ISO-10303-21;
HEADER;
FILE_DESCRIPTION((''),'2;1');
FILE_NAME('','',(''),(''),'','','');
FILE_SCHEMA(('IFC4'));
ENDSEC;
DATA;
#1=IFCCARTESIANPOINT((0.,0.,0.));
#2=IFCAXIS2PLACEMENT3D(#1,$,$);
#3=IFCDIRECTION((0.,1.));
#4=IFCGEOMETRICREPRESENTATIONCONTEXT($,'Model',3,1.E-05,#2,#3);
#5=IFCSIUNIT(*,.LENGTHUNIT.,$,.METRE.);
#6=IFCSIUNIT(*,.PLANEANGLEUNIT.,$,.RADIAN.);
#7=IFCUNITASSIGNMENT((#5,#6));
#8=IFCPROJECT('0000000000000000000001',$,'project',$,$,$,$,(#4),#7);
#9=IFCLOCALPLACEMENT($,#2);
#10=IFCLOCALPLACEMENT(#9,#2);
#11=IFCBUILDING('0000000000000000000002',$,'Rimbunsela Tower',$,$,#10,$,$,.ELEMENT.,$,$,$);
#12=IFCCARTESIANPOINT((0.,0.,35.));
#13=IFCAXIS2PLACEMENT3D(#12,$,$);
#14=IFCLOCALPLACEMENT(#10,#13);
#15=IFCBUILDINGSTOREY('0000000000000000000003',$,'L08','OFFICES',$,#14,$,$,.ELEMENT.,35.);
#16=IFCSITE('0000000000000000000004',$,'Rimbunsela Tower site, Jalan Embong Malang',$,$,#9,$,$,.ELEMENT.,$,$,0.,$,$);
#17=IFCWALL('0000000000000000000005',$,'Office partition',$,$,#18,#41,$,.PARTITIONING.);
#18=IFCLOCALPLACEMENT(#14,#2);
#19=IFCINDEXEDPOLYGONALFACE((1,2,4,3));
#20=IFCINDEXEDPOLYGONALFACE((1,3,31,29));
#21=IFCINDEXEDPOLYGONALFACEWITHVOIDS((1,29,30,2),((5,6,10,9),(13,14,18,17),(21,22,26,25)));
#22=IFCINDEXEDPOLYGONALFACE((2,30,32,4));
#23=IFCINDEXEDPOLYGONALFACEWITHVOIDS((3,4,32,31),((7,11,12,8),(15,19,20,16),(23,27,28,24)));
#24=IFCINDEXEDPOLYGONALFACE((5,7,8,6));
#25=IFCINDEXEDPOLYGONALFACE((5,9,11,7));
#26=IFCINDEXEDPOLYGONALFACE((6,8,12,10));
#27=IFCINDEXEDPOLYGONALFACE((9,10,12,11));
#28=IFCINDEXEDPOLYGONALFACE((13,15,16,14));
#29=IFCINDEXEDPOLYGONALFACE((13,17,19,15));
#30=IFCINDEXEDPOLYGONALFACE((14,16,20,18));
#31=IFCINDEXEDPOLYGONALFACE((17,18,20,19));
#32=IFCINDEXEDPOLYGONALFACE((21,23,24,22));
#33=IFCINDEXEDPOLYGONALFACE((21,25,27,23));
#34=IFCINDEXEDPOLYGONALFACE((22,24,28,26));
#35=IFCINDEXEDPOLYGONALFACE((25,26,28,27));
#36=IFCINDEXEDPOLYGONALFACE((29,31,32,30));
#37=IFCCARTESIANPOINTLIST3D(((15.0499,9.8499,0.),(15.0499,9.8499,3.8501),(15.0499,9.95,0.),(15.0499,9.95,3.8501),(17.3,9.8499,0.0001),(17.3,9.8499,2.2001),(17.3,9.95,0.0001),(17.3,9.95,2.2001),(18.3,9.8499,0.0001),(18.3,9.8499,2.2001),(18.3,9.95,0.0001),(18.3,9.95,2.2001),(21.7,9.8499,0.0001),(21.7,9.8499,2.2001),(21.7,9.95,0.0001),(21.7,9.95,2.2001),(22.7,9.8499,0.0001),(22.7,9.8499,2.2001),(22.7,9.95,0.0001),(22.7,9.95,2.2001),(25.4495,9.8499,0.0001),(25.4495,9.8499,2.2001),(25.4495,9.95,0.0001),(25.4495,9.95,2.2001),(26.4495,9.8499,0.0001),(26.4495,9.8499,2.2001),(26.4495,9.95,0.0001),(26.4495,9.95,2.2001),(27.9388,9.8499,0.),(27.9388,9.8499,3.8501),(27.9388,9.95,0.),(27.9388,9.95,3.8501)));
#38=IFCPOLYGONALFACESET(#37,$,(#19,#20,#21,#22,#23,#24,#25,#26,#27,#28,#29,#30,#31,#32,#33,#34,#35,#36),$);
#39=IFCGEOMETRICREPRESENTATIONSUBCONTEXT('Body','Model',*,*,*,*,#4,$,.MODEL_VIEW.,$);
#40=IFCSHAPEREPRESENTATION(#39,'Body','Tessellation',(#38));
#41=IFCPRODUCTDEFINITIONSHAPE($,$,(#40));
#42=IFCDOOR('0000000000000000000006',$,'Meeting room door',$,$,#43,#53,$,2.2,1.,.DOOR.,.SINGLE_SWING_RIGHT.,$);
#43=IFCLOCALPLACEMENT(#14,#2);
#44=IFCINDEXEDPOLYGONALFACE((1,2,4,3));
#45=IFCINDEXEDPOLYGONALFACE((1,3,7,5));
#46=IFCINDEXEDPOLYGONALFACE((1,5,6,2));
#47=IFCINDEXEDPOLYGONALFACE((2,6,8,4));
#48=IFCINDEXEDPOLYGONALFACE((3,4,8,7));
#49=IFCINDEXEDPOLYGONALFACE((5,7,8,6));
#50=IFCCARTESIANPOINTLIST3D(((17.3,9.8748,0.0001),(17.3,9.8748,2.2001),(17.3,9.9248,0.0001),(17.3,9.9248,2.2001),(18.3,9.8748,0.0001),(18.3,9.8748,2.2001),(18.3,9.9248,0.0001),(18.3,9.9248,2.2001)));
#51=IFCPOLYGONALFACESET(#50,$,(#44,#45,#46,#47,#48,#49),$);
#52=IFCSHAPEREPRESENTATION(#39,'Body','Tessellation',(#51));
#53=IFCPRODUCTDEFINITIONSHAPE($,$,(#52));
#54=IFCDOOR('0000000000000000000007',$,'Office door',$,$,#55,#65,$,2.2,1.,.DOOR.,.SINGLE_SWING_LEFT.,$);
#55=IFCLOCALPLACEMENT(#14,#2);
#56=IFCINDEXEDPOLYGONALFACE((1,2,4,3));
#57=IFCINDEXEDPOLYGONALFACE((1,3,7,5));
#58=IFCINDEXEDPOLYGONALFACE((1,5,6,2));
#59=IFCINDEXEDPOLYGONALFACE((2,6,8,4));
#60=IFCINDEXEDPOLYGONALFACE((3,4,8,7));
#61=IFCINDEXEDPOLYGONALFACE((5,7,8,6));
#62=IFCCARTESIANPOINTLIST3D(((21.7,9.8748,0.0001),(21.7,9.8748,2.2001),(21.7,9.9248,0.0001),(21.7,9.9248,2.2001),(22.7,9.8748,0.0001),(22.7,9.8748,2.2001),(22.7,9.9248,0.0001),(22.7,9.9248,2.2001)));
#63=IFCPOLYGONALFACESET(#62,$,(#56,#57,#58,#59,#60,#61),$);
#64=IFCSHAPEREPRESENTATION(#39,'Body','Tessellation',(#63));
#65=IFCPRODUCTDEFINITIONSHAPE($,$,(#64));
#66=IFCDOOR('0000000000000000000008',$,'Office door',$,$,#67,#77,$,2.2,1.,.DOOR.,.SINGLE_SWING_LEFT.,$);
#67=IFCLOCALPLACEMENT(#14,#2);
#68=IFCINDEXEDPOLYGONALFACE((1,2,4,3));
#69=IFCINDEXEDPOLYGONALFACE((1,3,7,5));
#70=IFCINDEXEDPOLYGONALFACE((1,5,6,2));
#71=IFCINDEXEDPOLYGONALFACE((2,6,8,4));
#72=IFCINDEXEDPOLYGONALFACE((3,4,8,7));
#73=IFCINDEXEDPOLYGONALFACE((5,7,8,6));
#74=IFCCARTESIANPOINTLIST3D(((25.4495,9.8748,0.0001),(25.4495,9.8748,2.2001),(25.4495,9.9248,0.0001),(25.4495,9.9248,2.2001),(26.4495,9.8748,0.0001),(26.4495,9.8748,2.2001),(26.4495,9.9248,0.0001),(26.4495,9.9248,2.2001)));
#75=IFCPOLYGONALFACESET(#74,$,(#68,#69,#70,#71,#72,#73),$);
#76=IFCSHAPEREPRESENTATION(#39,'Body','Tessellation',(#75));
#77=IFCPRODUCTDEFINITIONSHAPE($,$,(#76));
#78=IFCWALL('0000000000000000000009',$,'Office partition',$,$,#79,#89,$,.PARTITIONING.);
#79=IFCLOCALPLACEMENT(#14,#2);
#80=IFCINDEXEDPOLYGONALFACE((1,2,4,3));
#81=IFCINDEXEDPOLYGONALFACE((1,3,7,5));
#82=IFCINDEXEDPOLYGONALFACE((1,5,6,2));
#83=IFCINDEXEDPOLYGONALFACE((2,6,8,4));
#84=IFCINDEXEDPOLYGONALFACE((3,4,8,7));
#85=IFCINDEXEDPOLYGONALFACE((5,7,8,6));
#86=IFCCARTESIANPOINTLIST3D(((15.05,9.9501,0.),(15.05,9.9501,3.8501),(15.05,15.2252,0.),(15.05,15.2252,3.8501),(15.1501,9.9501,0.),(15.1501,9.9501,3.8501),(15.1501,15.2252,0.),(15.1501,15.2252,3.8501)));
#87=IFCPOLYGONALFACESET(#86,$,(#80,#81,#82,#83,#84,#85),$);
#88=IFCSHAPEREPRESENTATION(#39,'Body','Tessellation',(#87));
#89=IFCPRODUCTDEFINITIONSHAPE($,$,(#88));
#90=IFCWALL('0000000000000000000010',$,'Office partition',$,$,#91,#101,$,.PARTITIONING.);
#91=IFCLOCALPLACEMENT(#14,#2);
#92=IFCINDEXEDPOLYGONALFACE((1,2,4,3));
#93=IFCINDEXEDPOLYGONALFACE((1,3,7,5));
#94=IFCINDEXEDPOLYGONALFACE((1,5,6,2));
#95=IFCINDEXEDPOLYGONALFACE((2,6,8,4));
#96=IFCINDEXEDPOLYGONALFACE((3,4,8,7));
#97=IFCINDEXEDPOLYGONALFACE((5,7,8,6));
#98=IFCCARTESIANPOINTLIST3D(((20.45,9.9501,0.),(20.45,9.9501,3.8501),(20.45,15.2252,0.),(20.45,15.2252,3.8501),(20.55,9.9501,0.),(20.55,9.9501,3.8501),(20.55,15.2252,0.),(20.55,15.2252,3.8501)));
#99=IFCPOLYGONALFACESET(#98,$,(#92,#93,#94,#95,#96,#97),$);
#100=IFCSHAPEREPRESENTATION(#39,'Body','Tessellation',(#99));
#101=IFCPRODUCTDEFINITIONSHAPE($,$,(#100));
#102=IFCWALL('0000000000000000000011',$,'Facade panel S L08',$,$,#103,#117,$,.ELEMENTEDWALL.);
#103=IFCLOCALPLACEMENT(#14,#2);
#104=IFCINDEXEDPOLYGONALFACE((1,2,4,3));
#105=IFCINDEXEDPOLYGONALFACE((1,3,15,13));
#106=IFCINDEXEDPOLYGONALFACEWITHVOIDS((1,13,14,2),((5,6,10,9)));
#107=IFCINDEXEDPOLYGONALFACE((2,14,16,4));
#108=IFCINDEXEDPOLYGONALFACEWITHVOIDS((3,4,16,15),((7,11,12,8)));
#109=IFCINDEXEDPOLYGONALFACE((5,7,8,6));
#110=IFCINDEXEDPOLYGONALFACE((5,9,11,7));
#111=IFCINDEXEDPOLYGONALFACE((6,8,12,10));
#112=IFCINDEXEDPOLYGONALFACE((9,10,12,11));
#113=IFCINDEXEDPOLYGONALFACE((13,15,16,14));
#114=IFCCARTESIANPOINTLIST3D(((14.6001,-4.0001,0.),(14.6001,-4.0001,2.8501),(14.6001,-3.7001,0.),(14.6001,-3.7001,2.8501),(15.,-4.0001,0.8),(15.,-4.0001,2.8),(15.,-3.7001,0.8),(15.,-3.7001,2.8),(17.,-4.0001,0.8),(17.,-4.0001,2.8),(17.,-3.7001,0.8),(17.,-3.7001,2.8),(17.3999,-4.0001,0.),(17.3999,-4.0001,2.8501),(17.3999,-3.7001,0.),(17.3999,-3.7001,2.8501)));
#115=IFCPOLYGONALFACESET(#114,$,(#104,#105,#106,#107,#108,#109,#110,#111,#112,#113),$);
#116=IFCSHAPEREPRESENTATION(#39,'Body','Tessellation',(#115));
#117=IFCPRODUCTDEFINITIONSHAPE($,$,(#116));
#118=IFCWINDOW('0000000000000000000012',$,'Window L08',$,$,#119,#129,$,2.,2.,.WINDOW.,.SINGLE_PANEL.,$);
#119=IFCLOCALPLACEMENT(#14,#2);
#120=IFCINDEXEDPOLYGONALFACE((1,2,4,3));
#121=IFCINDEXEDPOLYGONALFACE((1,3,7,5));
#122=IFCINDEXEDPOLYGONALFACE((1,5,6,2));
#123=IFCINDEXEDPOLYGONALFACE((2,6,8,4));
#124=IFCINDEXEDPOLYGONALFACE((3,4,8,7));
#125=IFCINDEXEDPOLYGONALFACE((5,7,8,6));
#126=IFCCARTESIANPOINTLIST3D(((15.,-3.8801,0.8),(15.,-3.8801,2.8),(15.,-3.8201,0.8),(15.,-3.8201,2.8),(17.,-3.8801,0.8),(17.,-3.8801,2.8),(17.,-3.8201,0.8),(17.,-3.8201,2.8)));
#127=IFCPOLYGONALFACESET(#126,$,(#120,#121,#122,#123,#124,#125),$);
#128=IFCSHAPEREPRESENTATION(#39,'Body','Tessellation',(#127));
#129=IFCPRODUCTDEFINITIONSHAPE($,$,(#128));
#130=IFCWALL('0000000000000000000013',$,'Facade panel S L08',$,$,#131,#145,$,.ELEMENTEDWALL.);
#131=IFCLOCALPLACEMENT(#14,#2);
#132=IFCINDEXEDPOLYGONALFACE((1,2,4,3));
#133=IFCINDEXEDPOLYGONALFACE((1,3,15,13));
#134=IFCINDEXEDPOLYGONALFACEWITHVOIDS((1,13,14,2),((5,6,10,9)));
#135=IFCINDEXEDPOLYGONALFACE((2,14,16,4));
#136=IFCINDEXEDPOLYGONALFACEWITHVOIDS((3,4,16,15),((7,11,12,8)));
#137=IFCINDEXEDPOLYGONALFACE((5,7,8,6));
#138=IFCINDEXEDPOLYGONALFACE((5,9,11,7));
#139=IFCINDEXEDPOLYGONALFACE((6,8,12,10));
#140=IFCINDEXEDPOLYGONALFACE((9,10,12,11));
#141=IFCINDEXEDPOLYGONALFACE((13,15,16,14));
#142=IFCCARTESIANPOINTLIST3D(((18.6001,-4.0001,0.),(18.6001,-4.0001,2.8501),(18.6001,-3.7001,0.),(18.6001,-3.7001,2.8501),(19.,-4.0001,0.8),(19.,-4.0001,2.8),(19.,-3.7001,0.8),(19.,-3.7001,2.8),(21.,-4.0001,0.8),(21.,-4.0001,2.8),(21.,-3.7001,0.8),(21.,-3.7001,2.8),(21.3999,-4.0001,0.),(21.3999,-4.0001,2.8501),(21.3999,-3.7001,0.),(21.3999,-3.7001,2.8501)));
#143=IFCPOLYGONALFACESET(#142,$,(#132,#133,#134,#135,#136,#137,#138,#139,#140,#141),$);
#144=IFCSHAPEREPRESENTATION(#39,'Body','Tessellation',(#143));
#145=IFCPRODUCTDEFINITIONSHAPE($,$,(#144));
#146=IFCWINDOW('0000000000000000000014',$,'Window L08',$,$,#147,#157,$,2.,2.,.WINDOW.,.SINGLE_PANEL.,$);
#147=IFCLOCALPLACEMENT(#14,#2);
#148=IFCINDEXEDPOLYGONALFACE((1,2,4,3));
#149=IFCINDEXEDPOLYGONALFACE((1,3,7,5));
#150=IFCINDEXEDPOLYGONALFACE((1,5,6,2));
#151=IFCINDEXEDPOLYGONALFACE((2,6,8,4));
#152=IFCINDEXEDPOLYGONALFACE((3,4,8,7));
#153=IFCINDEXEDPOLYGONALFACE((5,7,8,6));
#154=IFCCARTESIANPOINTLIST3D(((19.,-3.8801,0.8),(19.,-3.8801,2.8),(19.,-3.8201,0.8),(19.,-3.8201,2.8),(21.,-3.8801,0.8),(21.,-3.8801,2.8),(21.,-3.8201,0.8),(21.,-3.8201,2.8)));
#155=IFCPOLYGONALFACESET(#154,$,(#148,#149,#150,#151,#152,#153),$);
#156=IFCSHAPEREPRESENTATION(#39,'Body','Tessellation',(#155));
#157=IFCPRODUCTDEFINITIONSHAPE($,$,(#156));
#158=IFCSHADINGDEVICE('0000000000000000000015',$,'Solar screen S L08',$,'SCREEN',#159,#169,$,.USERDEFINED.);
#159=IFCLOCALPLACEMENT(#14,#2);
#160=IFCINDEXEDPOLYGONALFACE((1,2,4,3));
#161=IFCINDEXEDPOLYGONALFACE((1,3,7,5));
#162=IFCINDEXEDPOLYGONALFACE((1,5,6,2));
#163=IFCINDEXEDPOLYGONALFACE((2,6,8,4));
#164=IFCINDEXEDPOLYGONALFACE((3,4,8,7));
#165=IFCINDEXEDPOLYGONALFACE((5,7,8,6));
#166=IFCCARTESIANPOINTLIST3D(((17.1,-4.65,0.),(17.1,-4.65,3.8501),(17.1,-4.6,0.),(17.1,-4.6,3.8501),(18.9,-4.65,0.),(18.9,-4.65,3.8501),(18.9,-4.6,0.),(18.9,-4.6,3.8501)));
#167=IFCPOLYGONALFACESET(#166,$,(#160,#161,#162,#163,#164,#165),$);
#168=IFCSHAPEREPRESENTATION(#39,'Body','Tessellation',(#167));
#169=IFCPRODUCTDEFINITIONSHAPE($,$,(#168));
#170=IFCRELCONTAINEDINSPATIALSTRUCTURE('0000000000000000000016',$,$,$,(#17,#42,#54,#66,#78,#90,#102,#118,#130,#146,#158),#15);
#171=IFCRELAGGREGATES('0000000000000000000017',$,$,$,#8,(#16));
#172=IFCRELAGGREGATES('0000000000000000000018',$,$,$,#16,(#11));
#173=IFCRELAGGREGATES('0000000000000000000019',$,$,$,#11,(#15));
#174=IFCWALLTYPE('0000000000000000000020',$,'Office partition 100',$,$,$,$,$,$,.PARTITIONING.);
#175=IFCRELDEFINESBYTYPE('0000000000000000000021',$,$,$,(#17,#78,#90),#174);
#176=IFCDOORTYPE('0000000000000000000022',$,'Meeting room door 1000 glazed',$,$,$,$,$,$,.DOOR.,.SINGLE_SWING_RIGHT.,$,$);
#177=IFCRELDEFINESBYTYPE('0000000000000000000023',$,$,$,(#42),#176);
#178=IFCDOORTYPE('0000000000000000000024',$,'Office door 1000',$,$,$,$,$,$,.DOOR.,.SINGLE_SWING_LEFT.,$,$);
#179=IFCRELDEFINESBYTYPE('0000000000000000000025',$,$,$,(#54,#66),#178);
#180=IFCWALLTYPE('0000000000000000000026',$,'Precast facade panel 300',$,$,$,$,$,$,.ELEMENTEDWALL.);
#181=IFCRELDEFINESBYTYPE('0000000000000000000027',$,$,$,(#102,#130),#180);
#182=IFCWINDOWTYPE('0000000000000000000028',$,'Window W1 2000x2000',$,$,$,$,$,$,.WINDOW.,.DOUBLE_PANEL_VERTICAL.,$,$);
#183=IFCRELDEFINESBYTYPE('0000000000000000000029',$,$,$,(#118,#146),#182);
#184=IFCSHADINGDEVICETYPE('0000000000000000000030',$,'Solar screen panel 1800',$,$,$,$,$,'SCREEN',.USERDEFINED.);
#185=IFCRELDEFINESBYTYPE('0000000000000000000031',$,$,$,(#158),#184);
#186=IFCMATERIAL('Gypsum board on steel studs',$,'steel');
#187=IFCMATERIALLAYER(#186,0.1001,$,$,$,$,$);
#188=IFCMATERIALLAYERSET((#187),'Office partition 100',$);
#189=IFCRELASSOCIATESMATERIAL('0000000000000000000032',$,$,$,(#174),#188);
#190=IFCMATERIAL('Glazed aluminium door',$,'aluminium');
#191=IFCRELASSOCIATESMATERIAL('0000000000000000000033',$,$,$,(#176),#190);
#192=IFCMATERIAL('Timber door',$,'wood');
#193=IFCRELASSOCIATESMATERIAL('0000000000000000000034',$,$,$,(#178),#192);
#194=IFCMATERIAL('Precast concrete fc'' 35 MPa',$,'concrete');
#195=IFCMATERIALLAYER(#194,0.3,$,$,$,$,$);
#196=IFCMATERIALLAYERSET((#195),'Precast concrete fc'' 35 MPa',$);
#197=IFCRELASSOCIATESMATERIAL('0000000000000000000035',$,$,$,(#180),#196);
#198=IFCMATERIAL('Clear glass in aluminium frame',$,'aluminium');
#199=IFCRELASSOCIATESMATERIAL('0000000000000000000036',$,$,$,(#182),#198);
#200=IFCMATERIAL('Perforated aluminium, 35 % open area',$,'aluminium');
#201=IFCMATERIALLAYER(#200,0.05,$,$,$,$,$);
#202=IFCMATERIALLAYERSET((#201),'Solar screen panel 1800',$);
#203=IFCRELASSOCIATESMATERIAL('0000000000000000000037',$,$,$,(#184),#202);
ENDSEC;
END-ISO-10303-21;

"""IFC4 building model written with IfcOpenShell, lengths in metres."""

from ifc_helpers import new_model, si_unit, direction, frame, frame_2d, origin, origin_2d, place, context, subcontext, project, spatial, rectangle, extrude, material, layer, layer_set, type_object, element, fill, save


model = new_model("IFC4")

# Units and contexts
model_context = context("Model", 3, precision=1e-05, world=origin(), true_north=direction((0.0, 1.0)))
body_context = subcontext(model_context, "Body", "Model", "MODEL_VIEW")
ifc_project = project(units=[si_unit("LENGTHUNIT", "METRE"), si_unit("PLANEANGLEUNIT", "RADIAN")], contexts=[model_context])

# Site, building, storey
site_placement = place(None, origin())
site = spatial("IfcSite", under=ifc_project, at=site_placement, Name="Rimbunsela Tower site, Jalan Embong Malang", CompositionType="ELEMENT", RefElevation=0.0)
building_placement = place(site_placement, origin())
building = spatial("IfcBuilding", under=site, at=building_placement, Name="Rimbunsela Tower", CompositionType="ELEMENT")
storey_placement = place(building_placement, frame((0.0, 0.0, 35.0)))
storey = spatial("IfcBuildingStorey", under=building, at=storey_placement, Name="L08", Description="OFFICES", CompositionType="ELEMENT", Elevation=35.0)

# Wall, openings, doors
ifc_material_1 = material(Name="Gypsum board on steel studs", Category="steel")
ifc_layer_1 = layer(ifc_material_1, 0.1001)
ifc_layer_set_1 = layer_set([ifc_layer_1], Name="Office partition 100")
wall_type_1 = type_object("IfcWallType", Name="Office partition 100", PredefinedType="PARTITIONING", material=ifc_layer_set_1)
wall_1_placement = place(storey_placement, frame((15.05, 9.8999, 0.0), z_axis=(0.0, 0.0, 1.0), x_axis=(1.0, 0.0, 0.0)))
wall_1 = element("IfcWall", 1, at=wall_1_placement, inside=storey, type_object=wall_type_1, Name="Office partition", PredefinedType="PARTITIONING", context=body_context, shape_type="SweptSolid", body=[
    extrude(rectangle(XDim=12.8889, YDim=0.1001, at=frame_2d((6.4443, 0.0))), origin(), (0.0, 0.0, 1.0), 3.8501),
])
opening_1_placement = place(wall_1_placement, frame((2.25, 0.0, 0.0)))
opening_1 = element("IfcOpeningElement", 2, at=opening_1_placement, cuts=wall_1, PredefinedType="OPENING", context=body_context, shape_type="SweptSolid", body=[
    extrude(rectangle(XDim=1.0, YDim=2.2, at=frame_2d((0.5, 1.1001))), frame((0.0, 0.0601, 0.0), z_axis=(0.0, -1.0, 0.0), x_axis=(1.0, 0.0, 0.0)), (0.0, 0.0, 1.0), 0.1201),
])
opening_2_placement = place(wall_1_placement, frame((6.6499, 0.0, 0.0)))
opening_2 = element("IfcOpeningElement", 3, at=opening_2_placement, cuts=wall_1, PredefinedType="OPENING", context=body_context, shape_type="SweptSolid", body=[
    extrude(rectangle(XDim=1.0, YDim=2.2, at=frame_2d((0.5, 1.1001))), frame((0.0, 0.0601, 0.0), z_axis=(0.0, -1.0, 0.0), x_axis=(1.0, 0.0, 0.0)), (0.0, 0.0, 1.0), 0.1201),
])
opening_3_placement = place(wall_1_placement, frame((10.3994, 0.0, 0.0)))
opening_3 = element("IfcOpeningElement", 4, at=opening_3_placement, cuts=wall_1, PredefinedType="OPENING", context=body_context, shape_type="SweptSolid", body=[
    extrude(rectangle(XDim=1.0, YDim=2.2, at=frame_2d((0.5, 1.1001))), frame((0.0, 0.0601, 0.0), z_axis=(0.0, -1.0, 0.0), x_axis=(1.0, 0.0, 0.0)), (0.0, 0.0, 1.0), 0.1201),
])
ifc_material_2 = material(Name="Glazed aluminium door", Category="aluminium")
door_type_1 = type_object("IfcDoorType", Name="Meeting room door 1000 glazed", OperationType="SINGLE_SWING_RIGHT", PredefinedType="DOOR", material=ifc_material_2)
door_1_placement = place(opening_1_placement, origin())
door_1 = element("IfcDoor", 5, at=door_1_placement, inside=storey, type_object=door_type_1, Name="Meeting room door", OperationType="SINGLE_SWING_RIGHT", OverallHeight=2.2, OverallWidth=1.0, PredefinedType="DOOR", context=body_context, shape_type="SweptSolid", body=[
    extrude(rectangle(XDim=1.0, YDim=2.2, at=frame_2d((0.5, 1.1001))), frame((0.0, 0.0249, 0.0), z_axis=(0.0, -1.0, 0.0), x_axis=(1.0, 0.0, 0.0)), (0.0, 0.0, 1.0), 0.05),
])
fill(opening_1, door_1)
ifc_material_3 = material(Name="Timber door", Category="wood")
door_type_2 = type_object("IfcDoorType", Name="Office door 1000", OperationType="SINGLE_SWING_LEFT", PredefinedType="DOOR", material=ifc_material_3)
door_2_placement = place(opening_2_placement, origin())
door_2 = element("IfcDoor", 6, at=door_2_placement, inside=storey, type_object=door_type_2, Name="Office door", OperationType="SINGLE_SWING_LEFT", OverallHeight=2.2, OverallWidth=1.0, PredefinedType="DOOR", context=body_context, shape_type="SweptSolid", body=[
    extrude(rectangle(XDim=1.0, YDim=2.2, at=frame_2d((0.5, 1.1001))), frame((0.0, 0.0249, 0.0), z_axis=(0.0, -1.0, 0.0), x_axis=(1.0, 0.0, 0.0)), (0.0, 0.0, 1.0), 0.05),
])
fill(opening_2, door_2)
door_3_placement = place(opening_3_placement, origin())
door_3 = element("IfcDoor", 7, at=door_3_placement, inside=storey, type_object=door_type_2, Name="Office door", OperationType="SINGLE_SWING_LEFT", OverallHeight=2.2, OverallWidth=1.0, PredefinedType="DOOR", context=body_context, shape_type="SweptSolid", body=[
    extrude(rectangle(XDim=1.0, YDim=2.2, at=frame_2d((0.5, 1.1001))), frame((0.0, 0.0249, 0.0), z_axis=(0.0, -1.0, 0.0), x_axis=(1.0, 0.0, 0.0)), (0.0, 0.0, 1.0), 0.05),
])
fill(opening_3, door_3)

# Walls
for number, where, z_axis, x_axis, name in (
    (8, (15.1001, 9.95, 0.0), (0.0, 0.0, 1.0), (0.0, 1.0, 0.0), "Office partition"),
    (9, (20.5, 9.95, 0.0), (0.0, 0.0, 1.0), (0.0, 1.0, 0.0), "Office partition"),
):
    element("IfcWall", number, at=place(storey_placement, frame(where, z_axis=z_axis, x_axis=x_axis)), inside=storey, type_object=wall_type_1, Name=name, PredefinedType="PARTITIONING", context=body_context, shape_type="SweptSolid", body=[
        extrude(rectangle(XDim=5.2751, YDim=0.1001, at=frame_2d((2.6377, 0.0))), origin(), (0.0, 0.0, 1.0), 3.8501),
    ])

# Walls, openings, windows
ifc_material_4 = material(Name="Precast concrete fc' 35 MPa", Category="concrete")
ifc_layer_2 = layer(ifc_material_4, 0.3)
ifc_layer_set_2 = layer_set([ifc_layer_2], Name="Precast concrete fc' 35 MPa")
wall_type_2 = type_object("IfcWallType", Name="Precast facade panel 300", PredefinedType="ELEMENTEDWALL", material=ifc_layer_set_2)
wall_2_placement = place(storey_placement, frame((14.6001, -3.8501, 0.0), z_axis=(0.0, 0.0, 1.0), x_axis=(1.0, 0.0, 0.0)))
wall_2 = element("IfcWall", 10, at=wall_2_placement, inside=storey, type_object=wall_type_2, Name="Facade panel S L08", PredefinedType="ELEMENTEDWALL", context=body_context, shape_type="SweptSolid", body=[
    extrude(rectangle(XDim=2.7998, YDim=0.3, at=frame_2d((1.3999, 0.0))), origin(), (0.0, 0.0, 1.0), 2.8501),
])
opening_4_placement = place(wall_2_placement, frame((0.3999, 0.0, 0.8)))
opening_4 = element("IfcOpeningElement", 11, at=opening_4_placement, cuts=wall_2, PredefinedType="OPENING", context=body_context, shape_type="SweptSolid", body=[
    extrude(rectangle(XDim=2.0, YDim=2.0, at=frame_2d((1.0, 1.0))), frame((0.0, 0.1599, 0.0), z_axis=(0.0, -1.0, 0.0), x_axis=(1.0, 0.0, 0.0)), (0.0, 0.0, 1.0), 0.3201),
])
ifc_material_5 = material(Name="Clear glass in aluminium frame", Category="aluminium")
window_type = type_object("IfcWindowType", Name="Window W1 2000x2000", PartitioningType="DOUBLE_PANEL_VERTICAL", PredefinedType="WINDOW", material=ifc_material_5)
window_1_placement = place(opening_4_placement, origin())
window_1 = element("IfcWindow", 12, at=window_1_placement, inside=storey, type_object=window_type, Name="Window L08", OverallHeight=2.0, OverallWidth=2.0, PartitioningType="SINGLE_PANEL", PredefinedType="WINDOW", context=body_context, shape_type="SweptSolid", body=[
    extrude(rectangle(XDim=2.0, YDim=2.0, at=frame_2d((1.0, 1.0))), frame((0.0, 0.03, 0.0), z_axis=(0.0, -1.0, 0.0), x_axis=(1.0, 0.0, 0.0)), (0.0, 0.0, 1.0), 0.0601),
])
fill(opening_4, window_1)
wall_3_placement = place(storey_placement, frame((18.6001, -3.8501, 0.0), z_axis=(0.0, 0.0, 1.0), x_axis=(1.0, 0.0, 0.0)))
wall_3 = element("IfcWall", 13, at=wall_3_placement, inside=storey, type_object=wall_type_2, Name="Facade panel S L08", PredefinedType="ELEMENTEDWALL", context=body_context, shape_type="SweptSolid", body=[
    extrude(rectangle(XDim=2.7998, YDim=0.3, at=frame_2d((1.3999, 0.0))), origin(), (0.0, 0.0, 1.0), 2.8501),
])
opening_5_placement = place(wall_3_placement, frame((0.3999, 0.0, 0.8)))
opening_5 = element("IfcOpeningElement", 14, at=opening_5_placement, cuts=wall_3, PredefinedType="OPENING", context=body_context, shape_type="SweptSolid", body=[
    extrude(rectangle(XDim=2.0, YDim=2.0, at=frame_2d((1.0, 1.0))), frame((0.0, 0.1599, 0.0), z_axis=(0.0, -1.0, 0.0), x_axis=(1.0, 0.0, 0.0)), (0.0, 0.0, 1.0), 0.3201),
])
window_2_placement = place(opening_5_placement, origin())
window_2 = element("IfcWindow", 15, at=window_2_placement, inside=storey, type_object=window_type, Name="Window L08", OverallHeight=2.0, OverallWidth=2.0, PartitioningType="SINGLE_PANEL", PredefinedType="WINDOW", context=body_context, shape_type="SweptSolid", body=[
    extrude(rectangle(XDim=2.0, YDim=2.0, at=frame_2d((1.0, 1.0))), frame((0.0, 0.03, 0.0), z_axis=(0.0, -1.0, 0.0), x_axis=(1.0, 0.0, 0.0)), (0.0, 0.0, 1.0), 0.0601),
])
fill(opening_5, window_2)

# Shading device
ifc_material_6 = material(Name="Perforated aluminium, 35 % open area", Category="aluminium")
ifc_layer_3 = layer(ifc_material_6, 0.05)
ifc_layer_set_3 = layer_set([ifc_layer_3], Name="Solar screen panel 1800")
shading_device_type = type_object("IfcShadingDeviceType", Name="Solar screen panel 1800", ElementType="SCREEN", PredefinedType="USERDEFINED", material=ifc_layer_set_3)
shading_device_placement = place(storey_placement, frame((18.0, -4.625, 0.0), z_axis=(0.0, 0.0, 1.0), x_axis=(1.0, 0.0, 0.0)))
element("IfcShadingDevice", 16, at=shading_device_placement, inside=storey, type_object=shading_device_type, Name="Solar screen S L08", ObjectType="SCREEN", PredefinedType="USERDEFINED", context=body_context, shape_type="SweptSolid", body=[
    extrude(rectangle(XDim=1.8, YDim=0.05, at=origin_2d()), origin(), (0.0, 0.0, 1.0), 3.8501),
])

save(model, "model.ifc")
